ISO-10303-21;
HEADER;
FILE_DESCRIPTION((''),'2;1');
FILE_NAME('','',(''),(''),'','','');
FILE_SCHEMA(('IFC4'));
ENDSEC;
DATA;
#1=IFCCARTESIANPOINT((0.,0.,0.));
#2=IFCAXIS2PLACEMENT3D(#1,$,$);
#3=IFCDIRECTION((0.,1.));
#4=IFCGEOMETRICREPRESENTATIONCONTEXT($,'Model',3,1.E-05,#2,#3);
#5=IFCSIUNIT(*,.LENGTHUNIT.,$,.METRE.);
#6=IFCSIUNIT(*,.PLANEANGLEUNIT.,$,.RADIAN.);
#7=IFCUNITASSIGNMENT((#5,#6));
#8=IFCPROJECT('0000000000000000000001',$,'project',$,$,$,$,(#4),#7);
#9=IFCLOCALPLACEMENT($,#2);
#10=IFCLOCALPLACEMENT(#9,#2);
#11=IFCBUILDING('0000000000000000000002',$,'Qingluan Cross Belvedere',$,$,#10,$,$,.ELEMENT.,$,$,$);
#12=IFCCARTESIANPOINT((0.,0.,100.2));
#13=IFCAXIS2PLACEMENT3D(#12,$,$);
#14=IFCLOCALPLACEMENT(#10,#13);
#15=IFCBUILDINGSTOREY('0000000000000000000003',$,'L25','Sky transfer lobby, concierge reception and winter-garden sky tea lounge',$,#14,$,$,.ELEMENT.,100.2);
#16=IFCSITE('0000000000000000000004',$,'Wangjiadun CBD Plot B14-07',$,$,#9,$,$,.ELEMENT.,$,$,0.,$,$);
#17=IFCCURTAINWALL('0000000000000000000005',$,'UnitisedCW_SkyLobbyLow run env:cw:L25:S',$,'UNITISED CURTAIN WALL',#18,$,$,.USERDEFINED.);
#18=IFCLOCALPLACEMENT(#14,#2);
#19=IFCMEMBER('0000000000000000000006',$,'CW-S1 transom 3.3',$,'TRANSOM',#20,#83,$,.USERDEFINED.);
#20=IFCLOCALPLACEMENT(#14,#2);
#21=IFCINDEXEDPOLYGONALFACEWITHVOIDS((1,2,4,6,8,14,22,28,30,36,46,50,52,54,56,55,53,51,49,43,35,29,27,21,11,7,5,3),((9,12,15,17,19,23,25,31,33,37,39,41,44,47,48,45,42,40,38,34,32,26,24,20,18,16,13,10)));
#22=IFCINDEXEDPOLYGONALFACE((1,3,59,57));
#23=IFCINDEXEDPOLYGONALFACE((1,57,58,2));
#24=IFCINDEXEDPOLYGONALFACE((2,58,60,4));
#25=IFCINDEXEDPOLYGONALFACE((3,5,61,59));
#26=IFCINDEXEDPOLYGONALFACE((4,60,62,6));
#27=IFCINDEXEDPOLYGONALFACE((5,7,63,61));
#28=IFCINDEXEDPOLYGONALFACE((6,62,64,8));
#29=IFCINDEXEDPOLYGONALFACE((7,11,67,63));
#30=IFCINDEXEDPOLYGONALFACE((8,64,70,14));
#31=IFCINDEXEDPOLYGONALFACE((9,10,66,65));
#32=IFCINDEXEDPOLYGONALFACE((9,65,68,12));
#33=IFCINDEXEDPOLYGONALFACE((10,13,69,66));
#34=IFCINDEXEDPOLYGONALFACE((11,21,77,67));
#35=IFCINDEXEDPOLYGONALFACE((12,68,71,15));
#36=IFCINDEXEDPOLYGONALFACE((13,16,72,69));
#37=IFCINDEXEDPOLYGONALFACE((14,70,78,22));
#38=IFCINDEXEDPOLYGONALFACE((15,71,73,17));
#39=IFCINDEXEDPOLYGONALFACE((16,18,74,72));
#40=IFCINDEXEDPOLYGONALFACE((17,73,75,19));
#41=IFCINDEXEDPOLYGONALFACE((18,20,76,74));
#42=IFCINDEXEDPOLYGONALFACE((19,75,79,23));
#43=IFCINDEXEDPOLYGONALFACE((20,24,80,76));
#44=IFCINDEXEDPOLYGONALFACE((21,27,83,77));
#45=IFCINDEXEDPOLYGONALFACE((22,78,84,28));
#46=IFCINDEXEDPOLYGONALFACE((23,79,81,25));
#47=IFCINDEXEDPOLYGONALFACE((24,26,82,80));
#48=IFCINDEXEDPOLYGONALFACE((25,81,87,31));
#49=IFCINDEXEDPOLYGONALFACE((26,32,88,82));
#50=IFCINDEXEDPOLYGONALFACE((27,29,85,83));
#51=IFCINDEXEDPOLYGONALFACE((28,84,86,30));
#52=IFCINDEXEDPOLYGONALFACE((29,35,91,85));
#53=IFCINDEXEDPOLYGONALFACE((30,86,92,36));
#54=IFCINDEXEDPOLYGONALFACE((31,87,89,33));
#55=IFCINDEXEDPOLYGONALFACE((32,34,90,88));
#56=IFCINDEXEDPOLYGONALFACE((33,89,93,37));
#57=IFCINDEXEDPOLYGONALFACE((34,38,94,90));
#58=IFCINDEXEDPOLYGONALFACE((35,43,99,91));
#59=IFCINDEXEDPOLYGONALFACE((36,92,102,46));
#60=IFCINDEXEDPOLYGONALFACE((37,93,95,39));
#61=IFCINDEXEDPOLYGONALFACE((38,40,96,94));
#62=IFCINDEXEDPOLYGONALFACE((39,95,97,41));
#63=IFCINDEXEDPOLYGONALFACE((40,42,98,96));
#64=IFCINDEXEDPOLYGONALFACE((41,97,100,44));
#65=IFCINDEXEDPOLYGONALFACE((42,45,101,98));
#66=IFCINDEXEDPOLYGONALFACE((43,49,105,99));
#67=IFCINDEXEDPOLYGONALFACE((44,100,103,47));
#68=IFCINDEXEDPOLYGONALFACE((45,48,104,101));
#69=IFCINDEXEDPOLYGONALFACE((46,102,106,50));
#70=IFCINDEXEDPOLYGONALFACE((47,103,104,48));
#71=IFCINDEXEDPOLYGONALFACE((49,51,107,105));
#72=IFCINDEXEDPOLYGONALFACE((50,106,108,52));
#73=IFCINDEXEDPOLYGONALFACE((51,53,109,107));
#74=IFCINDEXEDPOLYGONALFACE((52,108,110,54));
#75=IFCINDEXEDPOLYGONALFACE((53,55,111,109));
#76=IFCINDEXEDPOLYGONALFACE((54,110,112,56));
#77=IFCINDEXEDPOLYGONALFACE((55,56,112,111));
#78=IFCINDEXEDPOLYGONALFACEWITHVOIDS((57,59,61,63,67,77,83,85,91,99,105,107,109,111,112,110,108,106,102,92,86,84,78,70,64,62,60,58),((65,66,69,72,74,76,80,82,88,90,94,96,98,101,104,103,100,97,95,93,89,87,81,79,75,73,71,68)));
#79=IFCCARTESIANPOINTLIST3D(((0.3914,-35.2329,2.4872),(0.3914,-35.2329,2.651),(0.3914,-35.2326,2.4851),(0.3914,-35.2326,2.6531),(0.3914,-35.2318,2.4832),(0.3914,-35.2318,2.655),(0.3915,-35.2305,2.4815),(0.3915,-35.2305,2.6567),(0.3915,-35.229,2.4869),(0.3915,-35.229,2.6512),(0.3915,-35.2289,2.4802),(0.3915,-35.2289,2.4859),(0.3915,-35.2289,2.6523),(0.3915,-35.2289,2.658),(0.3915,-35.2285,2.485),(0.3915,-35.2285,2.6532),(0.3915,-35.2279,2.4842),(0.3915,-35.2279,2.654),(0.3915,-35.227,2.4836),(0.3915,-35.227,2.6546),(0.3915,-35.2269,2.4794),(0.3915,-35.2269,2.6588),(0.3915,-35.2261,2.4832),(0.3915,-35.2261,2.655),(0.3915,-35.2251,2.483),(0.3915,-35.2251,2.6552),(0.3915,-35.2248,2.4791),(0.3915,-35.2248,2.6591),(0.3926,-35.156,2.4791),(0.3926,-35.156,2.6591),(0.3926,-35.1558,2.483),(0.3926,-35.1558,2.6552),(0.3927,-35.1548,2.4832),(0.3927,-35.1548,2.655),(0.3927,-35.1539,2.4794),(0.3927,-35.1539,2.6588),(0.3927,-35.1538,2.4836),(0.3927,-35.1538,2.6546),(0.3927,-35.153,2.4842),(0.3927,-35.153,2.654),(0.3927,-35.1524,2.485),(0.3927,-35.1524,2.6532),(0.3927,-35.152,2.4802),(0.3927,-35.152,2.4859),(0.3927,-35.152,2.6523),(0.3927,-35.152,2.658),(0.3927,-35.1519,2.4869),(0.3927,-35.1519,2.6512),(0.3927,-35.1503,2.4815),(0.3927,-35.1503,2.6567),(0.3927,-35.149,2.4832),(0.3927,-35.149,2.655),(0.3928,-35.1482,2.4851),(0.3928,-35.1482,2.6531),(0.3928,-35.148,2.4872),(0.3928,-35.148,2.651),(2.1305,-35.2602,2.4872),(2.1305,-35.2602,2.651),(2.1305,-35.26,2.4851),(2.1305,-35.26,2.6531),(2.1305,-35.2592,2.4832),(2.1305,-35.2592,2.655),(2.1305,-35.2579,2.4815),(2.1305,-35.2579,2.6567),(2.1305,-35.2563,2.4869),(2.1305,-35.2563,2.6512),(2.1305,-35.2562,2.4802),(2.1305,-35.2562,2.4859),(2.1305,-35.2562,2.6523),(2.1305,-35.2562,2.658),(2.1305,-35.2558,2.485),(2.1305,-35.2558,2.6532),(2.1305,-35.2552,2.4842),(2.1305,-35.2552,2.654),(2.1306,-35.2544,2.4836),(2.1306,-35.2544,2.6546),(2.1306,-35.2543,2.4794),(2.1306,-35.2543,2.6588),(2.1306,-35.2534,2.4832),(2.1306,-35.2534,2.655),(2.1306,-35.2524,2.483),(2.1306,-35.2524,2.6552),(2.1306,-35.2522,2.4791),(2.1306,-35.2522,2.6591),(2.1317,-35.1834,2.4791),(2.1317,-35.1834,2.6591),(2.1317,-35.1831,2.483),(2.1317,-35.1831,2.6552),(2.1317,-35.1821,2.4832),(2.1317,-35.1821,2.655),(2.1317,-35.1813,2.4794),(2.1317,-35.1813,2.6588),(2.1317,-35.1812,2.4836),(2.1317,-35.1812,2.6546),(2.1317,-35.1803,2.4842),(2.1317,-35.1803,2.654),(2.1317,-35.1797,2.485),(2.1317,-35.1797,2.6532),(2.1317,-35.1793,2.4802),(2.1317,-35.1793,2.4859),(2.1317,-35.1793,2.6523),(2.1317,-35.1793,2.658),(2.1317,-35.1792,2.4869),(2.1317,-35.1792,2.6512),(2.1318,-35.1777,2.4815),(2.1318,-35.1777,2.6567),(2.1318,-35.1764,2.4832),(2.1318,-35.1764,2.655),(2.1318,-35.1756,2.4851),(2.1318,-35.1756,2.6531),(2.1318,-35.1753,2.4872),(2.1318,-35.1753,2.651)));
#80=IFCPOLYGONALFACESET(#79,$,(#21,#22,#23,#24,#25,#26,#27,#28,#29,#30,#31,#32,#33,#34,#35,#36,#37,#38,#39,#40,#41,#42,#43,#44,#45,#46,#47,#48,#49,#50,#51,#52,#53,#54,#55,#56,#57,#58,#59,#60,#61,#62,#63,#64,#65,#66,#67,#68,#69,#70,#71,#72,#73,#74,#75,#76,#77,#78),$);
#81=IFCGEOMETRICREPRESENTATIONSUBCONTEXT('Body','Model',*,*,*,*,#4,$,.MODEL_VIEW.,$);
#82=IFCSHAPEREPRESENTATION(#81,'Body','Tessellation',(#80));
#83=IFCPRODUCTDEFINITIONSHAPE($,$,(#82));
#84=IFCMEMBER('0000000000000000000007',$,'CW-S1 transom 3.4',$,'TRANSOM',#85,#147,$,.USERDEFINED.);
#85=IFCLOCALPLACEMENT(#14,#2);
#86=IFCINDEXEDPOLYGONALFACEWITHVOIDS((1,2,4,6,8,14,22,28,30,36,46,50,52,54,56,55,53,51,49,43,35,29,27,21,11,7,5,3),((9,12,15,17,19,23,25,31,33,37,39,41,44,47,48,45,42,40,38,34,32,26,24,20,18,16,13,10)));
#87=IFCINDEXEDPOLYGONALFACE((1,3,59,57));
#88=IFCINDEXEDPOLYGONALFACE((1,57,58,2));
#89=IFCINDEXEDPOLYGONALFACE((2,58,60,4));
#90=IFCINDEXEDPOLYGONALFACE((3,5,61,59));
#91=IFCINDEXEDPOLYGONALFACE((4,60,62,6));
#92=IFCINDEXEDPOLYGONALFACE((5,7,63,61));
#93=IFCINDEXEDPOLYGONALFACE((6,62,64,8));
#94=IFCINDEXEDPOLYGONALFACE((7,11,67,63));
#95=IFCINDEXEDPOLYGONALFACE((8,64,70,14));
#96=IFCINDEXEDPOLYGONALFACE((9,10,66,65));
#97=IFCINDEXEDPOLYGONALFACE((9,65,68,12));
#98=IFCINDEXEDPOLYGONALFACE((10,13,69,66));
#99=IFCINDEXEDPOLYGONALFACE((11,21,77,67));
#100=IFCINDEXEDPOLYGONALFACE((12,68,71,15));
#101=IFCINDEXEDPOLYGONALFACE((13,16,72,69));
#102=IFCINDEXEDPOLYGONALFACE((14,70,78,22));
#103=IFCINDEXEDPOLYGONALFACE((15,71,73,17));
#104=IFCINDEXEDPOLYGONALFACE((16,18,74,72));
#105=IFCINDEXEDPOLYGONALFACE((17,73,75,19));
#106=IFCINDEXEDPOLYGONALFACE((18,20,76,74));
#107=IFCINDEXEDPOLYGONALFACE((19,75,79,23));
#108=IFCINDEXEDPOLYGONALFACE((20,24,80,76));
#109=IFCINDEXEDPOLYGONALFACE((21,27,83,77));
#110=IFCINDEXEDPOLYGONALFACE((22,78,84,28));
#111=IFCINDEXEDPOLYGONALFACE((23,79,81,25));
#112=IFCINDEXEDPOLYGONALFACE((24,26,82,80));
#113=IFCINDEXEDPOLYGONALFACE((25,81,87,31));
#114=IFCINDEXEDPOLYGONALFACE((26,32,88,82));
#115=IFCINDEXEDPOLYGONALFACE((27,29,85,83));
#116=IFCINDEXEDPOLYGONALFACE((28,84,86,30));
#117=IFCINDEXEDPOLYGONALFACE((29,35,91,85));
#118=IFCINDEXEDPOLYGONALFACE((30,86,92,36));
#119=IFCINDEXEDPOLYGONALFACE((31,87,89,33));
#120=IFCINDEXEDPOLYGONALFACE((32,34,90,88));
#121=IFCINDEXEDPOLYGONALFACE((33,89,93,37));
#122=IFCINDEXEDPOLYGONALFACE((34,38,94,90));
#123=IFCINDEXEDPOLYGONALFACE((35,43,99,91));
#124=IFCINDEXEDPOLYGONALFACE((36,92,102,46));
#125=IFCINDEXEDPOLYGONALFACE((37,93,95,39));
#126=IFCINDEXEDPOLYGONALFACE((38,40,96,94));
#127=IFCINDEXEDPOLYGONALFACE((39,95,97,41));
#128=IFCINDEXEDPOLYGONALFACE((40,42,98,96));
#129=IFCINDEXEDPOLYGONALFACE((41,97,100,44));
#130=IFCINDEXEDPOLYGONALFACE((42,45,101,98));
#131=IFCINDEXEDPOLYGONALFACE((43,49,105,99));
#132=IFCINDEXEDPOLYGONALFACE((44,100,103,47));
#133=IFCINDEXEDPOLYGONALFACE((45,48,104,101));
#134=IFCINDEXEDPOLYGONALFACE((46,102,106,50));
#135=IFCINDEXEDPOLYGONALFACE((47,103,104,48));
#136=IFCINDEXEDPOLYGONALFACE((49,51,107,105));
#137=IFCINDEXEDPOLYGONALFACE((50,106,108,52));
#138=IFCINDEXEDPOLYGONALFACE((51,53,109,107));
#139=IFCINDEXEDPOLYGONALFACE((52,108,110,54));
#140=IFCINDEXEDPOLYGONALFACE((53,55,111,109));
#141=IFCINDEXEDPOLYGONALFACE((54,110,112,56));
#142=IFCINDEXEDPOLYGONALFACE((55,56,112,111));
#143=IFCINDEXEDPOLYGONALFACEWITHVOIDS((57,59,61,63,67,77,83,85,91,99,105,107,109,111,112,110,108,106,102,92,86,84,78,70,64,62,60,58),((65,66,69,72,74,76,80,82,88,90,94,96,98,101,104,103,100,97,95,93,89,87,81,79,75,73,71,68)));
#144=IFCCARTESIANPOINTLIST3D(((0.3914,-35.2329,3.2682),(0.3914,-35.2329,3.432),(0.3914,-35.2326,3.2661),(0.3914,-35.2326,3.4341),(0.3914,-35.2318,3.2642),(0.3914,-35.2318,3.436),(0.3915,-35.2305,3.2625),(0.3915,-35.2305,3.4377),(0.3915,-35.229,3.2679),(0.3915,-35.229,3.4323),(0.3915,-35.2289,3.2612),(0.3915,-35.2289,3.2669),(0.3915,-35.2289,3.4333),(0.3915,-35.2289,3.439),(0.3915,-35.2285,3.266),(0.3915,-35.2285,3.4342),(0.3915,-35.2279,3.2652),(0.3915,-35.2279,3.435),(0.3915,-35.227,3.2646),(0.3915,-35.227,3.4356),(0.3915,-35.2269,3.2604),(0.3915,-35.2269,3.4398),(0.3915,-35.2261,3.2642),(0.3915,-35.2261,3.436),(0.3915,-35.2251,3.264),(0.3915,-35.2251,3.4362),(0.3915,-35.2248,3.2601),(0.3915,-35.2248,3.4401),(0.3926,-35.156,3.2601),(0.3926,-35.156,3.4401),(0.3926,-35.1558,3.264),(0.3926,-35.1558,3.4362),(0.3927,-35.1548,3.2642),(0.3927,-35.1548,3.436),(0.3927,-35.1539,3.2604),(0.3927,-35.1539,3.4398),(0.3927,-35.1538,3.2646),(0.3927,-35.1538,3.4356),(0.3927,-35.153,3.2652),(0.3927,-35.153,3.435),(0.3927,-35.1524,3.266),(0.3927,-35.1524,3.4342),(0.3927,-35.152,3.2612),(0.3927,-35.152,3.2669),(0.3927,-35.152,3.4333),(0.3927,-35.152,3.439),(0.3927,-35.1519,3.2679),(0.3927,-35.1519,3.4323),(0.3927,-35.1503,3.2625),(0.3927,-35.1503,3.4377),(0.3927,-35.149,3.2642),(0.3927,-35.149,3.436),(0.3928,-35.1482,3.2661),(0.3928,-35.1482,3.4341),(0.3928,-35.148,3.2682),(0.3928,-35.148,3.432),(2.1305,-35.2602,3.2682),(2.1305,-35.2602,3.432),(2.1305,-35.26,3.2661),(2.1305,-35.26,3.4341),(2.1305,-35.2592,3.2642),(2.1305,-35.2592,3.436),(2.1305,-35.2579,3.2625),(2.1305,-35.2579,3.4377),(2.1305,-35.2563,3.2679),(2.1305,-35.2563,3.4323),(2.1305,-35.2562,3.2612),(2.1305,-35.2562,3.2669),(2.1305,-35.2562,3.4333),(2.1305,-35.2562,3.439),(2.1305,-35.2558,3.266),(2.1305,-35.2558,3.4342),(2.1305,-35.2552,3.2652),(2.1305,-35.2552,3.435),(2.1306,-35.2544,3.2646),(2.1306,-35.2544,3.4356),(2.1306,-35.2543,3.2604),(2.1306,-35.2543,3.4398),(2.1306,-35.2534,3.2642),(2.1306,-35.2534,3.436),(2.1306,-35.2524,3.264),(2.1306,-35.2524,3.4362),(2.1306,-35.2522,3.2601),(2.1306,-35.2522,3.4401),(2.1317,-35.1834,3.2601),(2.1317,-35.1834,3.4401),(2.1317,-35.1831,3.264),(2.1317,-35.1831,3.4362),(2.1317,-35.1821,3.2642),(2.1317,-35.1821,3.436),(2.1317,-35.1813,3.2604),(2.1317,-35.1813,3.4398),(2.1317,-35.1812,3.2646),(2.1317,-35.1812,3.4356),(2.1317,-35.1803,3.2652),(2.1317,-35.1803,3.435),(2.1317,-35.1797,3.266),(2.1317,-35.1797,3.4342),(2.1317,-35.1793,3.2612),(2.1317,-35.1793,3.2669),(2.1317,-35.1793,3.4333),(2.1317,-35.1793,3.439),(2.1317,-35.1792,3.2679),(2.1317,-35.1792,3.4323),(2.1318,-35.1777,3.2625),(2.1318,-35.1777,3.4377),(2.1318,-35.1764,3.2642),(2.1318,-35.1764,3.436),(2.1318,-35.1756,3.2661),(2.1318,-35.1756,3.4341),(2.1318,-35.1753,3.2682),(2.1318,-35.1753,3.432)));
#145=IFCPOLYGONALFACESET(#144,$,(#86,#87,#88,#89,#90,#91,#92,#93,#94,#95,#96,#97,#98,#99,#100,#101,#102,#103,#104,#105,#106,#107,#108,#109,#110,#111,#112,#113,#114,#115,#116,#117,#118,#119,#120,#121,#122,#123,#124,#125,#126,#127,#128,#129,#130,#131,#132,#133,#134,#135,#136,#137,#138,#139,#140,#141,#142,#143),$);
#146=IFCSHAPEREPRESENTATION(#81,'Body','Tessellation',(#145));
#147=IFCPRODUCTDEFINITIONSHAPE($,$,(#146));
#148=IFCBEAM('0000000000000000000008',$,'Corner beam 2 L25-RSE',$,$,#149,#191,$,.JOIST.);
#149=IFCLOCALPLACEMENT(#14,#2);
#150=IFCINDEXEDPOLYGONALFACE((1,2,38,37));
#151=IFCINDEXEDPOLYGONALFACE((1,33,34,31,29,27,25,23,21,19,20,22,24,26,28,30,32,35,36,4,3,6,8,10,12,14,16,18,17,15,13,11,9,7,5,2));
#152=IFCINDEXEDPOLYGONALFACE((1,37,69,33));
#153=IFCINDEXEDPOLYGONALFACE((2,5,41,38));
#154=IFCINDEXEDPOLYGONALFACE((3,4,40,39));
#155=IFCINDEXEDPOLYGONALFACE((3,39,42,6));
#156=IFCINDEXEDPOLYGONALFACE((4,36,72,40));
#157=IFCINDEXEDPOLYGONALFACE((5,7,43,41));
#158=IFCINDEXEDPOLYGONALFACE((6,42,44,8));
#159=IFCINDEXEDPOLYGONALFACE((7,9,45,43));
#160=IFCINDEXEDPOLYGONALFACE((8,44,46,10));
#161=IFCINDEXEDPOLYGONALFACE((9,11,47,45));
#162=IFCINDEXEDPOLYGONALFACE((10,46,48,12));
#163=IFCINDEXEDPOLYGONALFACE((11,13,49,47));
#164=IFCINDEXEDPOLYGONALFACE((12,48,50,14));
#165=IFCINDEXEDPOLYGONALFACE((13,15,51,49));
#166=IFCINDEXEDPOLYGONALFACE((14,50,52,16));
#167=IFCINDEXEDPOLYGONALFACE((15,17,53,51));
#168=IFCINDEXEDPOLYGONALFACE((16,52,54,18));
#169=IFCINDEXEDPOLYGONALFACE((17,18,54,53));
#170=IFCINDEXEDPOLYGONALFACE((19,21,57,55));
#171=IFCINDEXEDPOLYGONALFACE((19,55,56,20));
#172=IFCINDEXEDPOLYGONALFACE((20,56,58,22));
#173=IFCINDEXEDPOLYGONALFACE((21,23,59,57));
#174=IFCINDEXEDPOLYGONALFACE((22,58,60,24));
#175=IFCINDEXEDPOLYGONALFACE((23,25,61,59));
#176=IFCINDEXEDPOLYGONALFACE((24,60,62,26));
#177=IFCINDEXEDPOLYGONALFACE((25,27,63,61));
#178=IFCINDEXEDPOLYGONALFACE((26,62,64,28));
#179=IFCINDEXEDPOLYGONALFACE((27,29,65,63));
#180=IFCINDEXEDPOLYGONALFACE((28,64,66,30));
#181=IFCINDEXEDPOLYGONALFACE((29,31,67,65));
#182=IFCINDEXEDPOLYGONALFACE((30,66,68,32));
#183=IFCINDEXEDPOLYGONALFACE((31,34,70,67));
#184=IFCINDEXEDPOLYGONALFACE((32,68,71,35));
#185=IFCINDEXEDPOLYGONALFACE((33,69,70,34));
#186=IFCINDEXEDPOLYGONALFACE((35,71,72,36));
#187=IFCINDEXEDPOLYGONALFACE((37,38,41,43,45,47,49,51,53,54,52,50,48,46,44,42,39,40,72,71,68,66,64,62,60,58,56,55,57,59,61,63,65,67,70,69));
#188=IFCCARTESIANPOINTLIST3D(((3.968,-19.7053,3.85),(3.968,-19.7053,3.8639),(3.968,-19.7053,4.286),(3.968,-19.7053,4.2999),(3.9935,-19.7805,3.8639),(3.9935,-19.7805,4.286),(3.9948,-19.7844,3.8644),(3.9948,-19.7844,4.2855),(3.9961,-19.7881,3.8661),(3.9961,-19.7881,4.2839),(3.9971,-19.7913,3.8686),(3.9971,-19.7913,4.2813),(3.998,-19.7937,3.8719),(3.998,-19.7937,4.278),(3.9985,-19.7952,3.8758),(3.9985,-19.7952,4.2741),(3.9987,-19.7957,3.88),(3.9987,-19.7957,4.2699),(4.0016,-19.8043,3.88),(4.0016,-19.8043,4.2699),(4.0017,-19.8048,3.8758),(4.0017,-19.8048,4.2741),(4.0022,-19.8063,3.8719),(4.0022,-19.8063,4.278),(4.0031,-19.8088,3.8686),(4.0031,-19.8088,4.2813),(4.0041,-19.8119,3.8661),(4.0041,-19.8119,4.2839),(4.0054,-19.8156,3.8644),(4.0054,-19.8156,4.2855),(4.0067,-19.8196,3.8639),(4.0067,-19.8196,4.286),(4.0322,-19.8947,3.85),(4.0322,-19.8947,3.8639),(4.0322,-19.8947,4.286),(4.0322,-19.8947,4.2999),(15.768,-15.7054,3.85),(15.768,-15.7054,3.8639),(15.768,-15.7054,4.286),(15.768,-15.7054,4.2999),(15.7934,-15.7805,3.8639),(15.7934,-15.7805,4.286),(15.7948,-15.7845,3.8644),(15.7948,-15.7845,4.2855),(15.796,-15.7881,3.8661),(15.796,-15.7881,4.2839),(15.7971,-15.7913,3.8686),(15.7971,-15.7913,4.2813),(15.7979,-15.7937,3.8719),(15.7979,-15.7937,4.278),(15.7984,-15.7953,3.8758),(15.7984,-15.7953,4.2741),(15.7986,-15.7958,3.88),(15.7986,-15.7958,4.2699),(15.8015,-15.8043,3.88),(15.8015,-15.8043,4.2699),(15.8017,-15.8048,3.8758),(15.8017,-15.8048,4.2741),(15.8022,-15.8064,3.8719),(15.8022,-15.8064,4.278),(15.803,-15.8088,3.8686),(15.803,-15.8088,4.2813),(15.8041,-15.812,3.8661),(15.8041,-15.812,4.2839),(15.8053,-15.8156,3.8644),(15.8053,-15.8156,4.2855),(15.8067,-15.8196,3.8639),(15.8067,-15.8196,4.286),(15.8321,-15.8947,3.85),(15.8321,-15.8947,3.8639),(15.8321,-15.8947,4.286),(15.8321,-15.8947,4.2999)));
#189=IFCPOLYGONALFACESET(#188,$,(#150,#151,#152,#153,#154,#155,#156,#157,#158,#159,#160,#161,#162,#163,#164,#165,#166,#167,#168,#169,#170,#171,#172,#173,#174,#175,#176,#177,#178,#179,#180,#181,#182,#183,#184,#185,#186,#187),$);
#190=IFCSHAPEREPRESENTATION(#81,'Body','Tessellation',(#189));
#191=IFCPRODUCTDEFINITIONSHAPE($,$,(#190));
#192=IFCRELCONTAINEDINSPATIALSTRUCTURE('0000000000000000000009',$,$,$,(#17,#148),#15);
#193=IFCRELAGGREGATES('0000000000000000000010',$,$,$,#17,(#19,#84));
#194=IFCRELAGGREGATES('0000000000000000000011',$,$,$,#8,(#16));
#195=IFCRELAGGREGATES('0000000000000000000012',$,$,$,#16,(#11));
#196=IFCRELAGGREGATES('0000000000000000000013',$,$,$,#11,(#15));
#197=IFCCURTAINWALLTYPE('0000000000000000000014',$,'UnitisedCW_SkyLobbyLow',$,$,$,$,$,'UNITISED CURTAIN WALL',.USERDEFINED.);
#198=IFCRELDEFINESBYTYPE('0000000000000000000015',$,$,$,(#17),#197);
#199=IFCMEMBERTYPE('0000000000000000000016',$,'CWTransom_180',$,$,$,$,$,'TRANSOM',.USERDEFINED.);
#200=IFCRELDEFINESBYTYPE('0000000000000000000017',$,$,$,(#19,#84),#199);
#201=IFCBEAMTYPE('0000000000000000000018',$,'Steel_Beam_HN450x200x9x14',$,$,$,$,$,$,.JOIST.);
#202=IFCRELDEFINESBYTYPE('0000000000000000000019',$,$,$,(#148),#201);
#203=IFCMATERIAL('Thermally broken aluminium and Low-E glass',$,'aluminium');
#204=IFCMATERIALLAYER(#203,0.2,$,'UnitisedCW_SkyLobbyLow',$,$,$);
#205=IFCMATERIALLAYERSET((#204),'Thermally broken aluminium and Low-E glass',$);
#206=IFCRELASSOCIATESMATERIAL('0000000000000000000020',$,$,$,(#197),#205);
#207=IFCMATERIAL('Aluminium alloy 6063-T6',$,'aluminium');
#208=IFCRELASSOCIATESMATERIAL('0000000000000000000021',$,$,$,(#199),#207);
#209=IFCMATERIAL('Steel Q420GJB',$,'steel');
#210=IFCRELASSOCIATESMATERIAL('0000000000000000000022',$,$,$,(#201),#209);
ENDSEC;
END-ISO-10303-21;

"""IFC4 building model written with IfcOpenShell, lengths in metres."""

from ifc_helpers import new_model, si_unit, direction, frame, origin, origin_2d, place, context, subcontext, project, spatial, hollow_rectangle, i_section, extrude, material, layer, layer_set, material_profile, profile_set, type_object, element, aggregate, save


model = new_model("IFC4")

# Units and contexts
model_context = context("Model", 3, precision=1e-05, world=origin(), true_north=direction((0.0, 1.0)))
body_context = subcontext(model_context, "Body", "Model", "MODEL_VIEW")
ifc_project = project(units=[si_unit("LENGTHUNIT", "METRE"), si_unit("PLANEANGLEUNIT", "RADIAN")], contexts=[model_context])

# Site, building, storey
site_placement = place(None, origin())
site = spatial("IfcSite", under=ifc_project, at=site_placement, Name="Wangjiadun CBD Plot B14-07", CompositionType="ELEMENT", RefElevation=0.0)
building_placement = place(site_placement, origin())
building = spatial("IfcBuilding", under=site, at=building_placement, Name="Qingluan Cross Belvedere", CompositionType="ELEMENT")
storey_placement = place(building_placement, frame((0.0, 0.0, 100.2)))
storey = spatial("IfcBuildingStorey", under=building, at=storey_placement, Name="L25", Description="Sky transfer lobby, concierge reception and winter-garden sky tea lounge", CompositionType="ELEMENT", Elevation=100.2)

# Curtain wall, members
ifc_material_1 = material(Name="Thermally broken aluminium and Low-E glass", Category="aluminium")
ifc_layer_1 = layer(ifc_material_1, 0.2, Name="UnitisedCW_SkyLobbyLow")
ifc_layer_set_1 = layer_set([ifc_layer_1], Name="Thermally broken aluminium and Low-E glass")
curtain_wall_type = type_object("IfcCurtainWallType", Name="UnitisedCW_SkyLobbyLow", ElementType="UNITISED CURTAIN WALL", PredefinedType="USERDEFINED", material=ifc_layer_set_1)
curtain_wall_placement = place(storey_placement, origin())
curtain_wall = element("IfcCurtainWall", 1, at=curtain_wall_placement, inside=storey, type_object=curtain_wall_type, Name="UnitisedCW_SkyLobbyLow run env:cw:L25:S", ObjectType="UNITISED CURTAIN WALL", PredefinedType="USERDEFINED")
ifc_material_2 = material(Name="Aluminium alloy 6063-T6", Category="aluminium")
ifc_material_profile_1 = material_profile(ifc_material_2, hollow_rectangle(XDim=0.085, YDim=0.1799, WallThickness=0.0039, InnerFilletRadius=0.0039, OuterFilletRadius=0.0081, at=origin_2d()), Name="CWT180x85x4")
ifc_profile_set_1 = profile_set([ifc_material_profile_1], Name="Aluminium alloy 6063-T6")
member_type_1 = type_object("IfcMemberType", Name="CWTransom_180", ElementType="TRANSOM", PredefinedType="USERDEFINED", material=ifc_profile_set_1)
member_1_placement = place(storey_placement, frame((0.3921, -35.1904, 2.5691), z_axis=(0.999876, -0.015722, 0.0), x_axis=(0.015722, 0.999876, 0.0)))
member_1 = element("IfcMember", 2, at=member_1_placement, type_object=member_type_1, Name="CW-S1 transom 3.3", ObjectType="TRANSOM", PredefinedType="USERDEFINED", context=body_context, shape_type="SweptSolid", body=[
    extrude(hollow_rectangle(XDim=0.085, YDim=0.1799, WallThickness=0.0039, InnerFilletRadius=0.0039, OuterFilletRadius=0.0081, at=origin_2d()), origin(), (0.0, 0.0, 1.0), 1.7393),
])
member_2_placement = place(storey_placement, frame((0.3921, -35.1904, 3.3501), z_axis=(0.999876, -0.015722, 0.0), x_axis=(0.015722, 0.999876, 0.0)))
member_2 = element("IfcMember", 3, at=member_2_placement, type_object=member_type_1, Name="CW-S1 transom 3.4", ObjectType="TRANSOM", PredefinedType="USERDEFINED", context=body_context, shape_type="SweptSolid", body=[
    extrude(hollow_rectangle(XDim=0.085, YDim=0.1799, WallThickness=0.0039, InnerFilletRadius=0.0039, OuterFilletRadius=0.0081, at=origin_2d()), origin(), (0.0, 0.0, 1.0), 1.7393),
])

# Beam
ifc_material_3 = material(Name="Steel Q420GJB", Category="steel")
ifc_material_profile_2 = material_profile(ifc_material_3, i_section(OverallWidth=0.2, OverallDepth=0.45, WebThickness=0.009, FlangeThickness=0.0139, FilletRadius=0.0161, at=origin_2d()), Name="HN450x200x9x14")
ifc_profile_set_2 = profile_set([ifc_material_profile_2], Name="Steel Q420GJB")
beam_type_1 = type_object("IfcBeamType", Name="Steel_Beam_HN450x200x9x14", PredefinedType="JOIST", material=ifc_profile_set_2)
beam_1_placement = place(storey_placement, frame((15.8, -15.8, 4.075), z_axis=(-0.947066, -0.321038, 0.0), x_axis=(0.321038, -0.947066, 0.0)))
element("IfcBeam", 4, at=beam_1_placement, inside=storey, type_object=beam_type_1, Name="Corner beam 2 L25-RSE", PredefinedType="JOIST", context=body_context, shape_type="SweptSolid", body=[
    extrude(i_section(OverallWidth=0.2, OverallDepth=0.45, WebThickness=0.009, FlangeThickness=0.0139, FilletRadius=0.0161, at=origin_2d()), origin(), (0.0, 0.0, 1.0), 12.4595),
])

aggregate(curtain_wall, [member_1, member_2])

save(model, "model.ifc")
